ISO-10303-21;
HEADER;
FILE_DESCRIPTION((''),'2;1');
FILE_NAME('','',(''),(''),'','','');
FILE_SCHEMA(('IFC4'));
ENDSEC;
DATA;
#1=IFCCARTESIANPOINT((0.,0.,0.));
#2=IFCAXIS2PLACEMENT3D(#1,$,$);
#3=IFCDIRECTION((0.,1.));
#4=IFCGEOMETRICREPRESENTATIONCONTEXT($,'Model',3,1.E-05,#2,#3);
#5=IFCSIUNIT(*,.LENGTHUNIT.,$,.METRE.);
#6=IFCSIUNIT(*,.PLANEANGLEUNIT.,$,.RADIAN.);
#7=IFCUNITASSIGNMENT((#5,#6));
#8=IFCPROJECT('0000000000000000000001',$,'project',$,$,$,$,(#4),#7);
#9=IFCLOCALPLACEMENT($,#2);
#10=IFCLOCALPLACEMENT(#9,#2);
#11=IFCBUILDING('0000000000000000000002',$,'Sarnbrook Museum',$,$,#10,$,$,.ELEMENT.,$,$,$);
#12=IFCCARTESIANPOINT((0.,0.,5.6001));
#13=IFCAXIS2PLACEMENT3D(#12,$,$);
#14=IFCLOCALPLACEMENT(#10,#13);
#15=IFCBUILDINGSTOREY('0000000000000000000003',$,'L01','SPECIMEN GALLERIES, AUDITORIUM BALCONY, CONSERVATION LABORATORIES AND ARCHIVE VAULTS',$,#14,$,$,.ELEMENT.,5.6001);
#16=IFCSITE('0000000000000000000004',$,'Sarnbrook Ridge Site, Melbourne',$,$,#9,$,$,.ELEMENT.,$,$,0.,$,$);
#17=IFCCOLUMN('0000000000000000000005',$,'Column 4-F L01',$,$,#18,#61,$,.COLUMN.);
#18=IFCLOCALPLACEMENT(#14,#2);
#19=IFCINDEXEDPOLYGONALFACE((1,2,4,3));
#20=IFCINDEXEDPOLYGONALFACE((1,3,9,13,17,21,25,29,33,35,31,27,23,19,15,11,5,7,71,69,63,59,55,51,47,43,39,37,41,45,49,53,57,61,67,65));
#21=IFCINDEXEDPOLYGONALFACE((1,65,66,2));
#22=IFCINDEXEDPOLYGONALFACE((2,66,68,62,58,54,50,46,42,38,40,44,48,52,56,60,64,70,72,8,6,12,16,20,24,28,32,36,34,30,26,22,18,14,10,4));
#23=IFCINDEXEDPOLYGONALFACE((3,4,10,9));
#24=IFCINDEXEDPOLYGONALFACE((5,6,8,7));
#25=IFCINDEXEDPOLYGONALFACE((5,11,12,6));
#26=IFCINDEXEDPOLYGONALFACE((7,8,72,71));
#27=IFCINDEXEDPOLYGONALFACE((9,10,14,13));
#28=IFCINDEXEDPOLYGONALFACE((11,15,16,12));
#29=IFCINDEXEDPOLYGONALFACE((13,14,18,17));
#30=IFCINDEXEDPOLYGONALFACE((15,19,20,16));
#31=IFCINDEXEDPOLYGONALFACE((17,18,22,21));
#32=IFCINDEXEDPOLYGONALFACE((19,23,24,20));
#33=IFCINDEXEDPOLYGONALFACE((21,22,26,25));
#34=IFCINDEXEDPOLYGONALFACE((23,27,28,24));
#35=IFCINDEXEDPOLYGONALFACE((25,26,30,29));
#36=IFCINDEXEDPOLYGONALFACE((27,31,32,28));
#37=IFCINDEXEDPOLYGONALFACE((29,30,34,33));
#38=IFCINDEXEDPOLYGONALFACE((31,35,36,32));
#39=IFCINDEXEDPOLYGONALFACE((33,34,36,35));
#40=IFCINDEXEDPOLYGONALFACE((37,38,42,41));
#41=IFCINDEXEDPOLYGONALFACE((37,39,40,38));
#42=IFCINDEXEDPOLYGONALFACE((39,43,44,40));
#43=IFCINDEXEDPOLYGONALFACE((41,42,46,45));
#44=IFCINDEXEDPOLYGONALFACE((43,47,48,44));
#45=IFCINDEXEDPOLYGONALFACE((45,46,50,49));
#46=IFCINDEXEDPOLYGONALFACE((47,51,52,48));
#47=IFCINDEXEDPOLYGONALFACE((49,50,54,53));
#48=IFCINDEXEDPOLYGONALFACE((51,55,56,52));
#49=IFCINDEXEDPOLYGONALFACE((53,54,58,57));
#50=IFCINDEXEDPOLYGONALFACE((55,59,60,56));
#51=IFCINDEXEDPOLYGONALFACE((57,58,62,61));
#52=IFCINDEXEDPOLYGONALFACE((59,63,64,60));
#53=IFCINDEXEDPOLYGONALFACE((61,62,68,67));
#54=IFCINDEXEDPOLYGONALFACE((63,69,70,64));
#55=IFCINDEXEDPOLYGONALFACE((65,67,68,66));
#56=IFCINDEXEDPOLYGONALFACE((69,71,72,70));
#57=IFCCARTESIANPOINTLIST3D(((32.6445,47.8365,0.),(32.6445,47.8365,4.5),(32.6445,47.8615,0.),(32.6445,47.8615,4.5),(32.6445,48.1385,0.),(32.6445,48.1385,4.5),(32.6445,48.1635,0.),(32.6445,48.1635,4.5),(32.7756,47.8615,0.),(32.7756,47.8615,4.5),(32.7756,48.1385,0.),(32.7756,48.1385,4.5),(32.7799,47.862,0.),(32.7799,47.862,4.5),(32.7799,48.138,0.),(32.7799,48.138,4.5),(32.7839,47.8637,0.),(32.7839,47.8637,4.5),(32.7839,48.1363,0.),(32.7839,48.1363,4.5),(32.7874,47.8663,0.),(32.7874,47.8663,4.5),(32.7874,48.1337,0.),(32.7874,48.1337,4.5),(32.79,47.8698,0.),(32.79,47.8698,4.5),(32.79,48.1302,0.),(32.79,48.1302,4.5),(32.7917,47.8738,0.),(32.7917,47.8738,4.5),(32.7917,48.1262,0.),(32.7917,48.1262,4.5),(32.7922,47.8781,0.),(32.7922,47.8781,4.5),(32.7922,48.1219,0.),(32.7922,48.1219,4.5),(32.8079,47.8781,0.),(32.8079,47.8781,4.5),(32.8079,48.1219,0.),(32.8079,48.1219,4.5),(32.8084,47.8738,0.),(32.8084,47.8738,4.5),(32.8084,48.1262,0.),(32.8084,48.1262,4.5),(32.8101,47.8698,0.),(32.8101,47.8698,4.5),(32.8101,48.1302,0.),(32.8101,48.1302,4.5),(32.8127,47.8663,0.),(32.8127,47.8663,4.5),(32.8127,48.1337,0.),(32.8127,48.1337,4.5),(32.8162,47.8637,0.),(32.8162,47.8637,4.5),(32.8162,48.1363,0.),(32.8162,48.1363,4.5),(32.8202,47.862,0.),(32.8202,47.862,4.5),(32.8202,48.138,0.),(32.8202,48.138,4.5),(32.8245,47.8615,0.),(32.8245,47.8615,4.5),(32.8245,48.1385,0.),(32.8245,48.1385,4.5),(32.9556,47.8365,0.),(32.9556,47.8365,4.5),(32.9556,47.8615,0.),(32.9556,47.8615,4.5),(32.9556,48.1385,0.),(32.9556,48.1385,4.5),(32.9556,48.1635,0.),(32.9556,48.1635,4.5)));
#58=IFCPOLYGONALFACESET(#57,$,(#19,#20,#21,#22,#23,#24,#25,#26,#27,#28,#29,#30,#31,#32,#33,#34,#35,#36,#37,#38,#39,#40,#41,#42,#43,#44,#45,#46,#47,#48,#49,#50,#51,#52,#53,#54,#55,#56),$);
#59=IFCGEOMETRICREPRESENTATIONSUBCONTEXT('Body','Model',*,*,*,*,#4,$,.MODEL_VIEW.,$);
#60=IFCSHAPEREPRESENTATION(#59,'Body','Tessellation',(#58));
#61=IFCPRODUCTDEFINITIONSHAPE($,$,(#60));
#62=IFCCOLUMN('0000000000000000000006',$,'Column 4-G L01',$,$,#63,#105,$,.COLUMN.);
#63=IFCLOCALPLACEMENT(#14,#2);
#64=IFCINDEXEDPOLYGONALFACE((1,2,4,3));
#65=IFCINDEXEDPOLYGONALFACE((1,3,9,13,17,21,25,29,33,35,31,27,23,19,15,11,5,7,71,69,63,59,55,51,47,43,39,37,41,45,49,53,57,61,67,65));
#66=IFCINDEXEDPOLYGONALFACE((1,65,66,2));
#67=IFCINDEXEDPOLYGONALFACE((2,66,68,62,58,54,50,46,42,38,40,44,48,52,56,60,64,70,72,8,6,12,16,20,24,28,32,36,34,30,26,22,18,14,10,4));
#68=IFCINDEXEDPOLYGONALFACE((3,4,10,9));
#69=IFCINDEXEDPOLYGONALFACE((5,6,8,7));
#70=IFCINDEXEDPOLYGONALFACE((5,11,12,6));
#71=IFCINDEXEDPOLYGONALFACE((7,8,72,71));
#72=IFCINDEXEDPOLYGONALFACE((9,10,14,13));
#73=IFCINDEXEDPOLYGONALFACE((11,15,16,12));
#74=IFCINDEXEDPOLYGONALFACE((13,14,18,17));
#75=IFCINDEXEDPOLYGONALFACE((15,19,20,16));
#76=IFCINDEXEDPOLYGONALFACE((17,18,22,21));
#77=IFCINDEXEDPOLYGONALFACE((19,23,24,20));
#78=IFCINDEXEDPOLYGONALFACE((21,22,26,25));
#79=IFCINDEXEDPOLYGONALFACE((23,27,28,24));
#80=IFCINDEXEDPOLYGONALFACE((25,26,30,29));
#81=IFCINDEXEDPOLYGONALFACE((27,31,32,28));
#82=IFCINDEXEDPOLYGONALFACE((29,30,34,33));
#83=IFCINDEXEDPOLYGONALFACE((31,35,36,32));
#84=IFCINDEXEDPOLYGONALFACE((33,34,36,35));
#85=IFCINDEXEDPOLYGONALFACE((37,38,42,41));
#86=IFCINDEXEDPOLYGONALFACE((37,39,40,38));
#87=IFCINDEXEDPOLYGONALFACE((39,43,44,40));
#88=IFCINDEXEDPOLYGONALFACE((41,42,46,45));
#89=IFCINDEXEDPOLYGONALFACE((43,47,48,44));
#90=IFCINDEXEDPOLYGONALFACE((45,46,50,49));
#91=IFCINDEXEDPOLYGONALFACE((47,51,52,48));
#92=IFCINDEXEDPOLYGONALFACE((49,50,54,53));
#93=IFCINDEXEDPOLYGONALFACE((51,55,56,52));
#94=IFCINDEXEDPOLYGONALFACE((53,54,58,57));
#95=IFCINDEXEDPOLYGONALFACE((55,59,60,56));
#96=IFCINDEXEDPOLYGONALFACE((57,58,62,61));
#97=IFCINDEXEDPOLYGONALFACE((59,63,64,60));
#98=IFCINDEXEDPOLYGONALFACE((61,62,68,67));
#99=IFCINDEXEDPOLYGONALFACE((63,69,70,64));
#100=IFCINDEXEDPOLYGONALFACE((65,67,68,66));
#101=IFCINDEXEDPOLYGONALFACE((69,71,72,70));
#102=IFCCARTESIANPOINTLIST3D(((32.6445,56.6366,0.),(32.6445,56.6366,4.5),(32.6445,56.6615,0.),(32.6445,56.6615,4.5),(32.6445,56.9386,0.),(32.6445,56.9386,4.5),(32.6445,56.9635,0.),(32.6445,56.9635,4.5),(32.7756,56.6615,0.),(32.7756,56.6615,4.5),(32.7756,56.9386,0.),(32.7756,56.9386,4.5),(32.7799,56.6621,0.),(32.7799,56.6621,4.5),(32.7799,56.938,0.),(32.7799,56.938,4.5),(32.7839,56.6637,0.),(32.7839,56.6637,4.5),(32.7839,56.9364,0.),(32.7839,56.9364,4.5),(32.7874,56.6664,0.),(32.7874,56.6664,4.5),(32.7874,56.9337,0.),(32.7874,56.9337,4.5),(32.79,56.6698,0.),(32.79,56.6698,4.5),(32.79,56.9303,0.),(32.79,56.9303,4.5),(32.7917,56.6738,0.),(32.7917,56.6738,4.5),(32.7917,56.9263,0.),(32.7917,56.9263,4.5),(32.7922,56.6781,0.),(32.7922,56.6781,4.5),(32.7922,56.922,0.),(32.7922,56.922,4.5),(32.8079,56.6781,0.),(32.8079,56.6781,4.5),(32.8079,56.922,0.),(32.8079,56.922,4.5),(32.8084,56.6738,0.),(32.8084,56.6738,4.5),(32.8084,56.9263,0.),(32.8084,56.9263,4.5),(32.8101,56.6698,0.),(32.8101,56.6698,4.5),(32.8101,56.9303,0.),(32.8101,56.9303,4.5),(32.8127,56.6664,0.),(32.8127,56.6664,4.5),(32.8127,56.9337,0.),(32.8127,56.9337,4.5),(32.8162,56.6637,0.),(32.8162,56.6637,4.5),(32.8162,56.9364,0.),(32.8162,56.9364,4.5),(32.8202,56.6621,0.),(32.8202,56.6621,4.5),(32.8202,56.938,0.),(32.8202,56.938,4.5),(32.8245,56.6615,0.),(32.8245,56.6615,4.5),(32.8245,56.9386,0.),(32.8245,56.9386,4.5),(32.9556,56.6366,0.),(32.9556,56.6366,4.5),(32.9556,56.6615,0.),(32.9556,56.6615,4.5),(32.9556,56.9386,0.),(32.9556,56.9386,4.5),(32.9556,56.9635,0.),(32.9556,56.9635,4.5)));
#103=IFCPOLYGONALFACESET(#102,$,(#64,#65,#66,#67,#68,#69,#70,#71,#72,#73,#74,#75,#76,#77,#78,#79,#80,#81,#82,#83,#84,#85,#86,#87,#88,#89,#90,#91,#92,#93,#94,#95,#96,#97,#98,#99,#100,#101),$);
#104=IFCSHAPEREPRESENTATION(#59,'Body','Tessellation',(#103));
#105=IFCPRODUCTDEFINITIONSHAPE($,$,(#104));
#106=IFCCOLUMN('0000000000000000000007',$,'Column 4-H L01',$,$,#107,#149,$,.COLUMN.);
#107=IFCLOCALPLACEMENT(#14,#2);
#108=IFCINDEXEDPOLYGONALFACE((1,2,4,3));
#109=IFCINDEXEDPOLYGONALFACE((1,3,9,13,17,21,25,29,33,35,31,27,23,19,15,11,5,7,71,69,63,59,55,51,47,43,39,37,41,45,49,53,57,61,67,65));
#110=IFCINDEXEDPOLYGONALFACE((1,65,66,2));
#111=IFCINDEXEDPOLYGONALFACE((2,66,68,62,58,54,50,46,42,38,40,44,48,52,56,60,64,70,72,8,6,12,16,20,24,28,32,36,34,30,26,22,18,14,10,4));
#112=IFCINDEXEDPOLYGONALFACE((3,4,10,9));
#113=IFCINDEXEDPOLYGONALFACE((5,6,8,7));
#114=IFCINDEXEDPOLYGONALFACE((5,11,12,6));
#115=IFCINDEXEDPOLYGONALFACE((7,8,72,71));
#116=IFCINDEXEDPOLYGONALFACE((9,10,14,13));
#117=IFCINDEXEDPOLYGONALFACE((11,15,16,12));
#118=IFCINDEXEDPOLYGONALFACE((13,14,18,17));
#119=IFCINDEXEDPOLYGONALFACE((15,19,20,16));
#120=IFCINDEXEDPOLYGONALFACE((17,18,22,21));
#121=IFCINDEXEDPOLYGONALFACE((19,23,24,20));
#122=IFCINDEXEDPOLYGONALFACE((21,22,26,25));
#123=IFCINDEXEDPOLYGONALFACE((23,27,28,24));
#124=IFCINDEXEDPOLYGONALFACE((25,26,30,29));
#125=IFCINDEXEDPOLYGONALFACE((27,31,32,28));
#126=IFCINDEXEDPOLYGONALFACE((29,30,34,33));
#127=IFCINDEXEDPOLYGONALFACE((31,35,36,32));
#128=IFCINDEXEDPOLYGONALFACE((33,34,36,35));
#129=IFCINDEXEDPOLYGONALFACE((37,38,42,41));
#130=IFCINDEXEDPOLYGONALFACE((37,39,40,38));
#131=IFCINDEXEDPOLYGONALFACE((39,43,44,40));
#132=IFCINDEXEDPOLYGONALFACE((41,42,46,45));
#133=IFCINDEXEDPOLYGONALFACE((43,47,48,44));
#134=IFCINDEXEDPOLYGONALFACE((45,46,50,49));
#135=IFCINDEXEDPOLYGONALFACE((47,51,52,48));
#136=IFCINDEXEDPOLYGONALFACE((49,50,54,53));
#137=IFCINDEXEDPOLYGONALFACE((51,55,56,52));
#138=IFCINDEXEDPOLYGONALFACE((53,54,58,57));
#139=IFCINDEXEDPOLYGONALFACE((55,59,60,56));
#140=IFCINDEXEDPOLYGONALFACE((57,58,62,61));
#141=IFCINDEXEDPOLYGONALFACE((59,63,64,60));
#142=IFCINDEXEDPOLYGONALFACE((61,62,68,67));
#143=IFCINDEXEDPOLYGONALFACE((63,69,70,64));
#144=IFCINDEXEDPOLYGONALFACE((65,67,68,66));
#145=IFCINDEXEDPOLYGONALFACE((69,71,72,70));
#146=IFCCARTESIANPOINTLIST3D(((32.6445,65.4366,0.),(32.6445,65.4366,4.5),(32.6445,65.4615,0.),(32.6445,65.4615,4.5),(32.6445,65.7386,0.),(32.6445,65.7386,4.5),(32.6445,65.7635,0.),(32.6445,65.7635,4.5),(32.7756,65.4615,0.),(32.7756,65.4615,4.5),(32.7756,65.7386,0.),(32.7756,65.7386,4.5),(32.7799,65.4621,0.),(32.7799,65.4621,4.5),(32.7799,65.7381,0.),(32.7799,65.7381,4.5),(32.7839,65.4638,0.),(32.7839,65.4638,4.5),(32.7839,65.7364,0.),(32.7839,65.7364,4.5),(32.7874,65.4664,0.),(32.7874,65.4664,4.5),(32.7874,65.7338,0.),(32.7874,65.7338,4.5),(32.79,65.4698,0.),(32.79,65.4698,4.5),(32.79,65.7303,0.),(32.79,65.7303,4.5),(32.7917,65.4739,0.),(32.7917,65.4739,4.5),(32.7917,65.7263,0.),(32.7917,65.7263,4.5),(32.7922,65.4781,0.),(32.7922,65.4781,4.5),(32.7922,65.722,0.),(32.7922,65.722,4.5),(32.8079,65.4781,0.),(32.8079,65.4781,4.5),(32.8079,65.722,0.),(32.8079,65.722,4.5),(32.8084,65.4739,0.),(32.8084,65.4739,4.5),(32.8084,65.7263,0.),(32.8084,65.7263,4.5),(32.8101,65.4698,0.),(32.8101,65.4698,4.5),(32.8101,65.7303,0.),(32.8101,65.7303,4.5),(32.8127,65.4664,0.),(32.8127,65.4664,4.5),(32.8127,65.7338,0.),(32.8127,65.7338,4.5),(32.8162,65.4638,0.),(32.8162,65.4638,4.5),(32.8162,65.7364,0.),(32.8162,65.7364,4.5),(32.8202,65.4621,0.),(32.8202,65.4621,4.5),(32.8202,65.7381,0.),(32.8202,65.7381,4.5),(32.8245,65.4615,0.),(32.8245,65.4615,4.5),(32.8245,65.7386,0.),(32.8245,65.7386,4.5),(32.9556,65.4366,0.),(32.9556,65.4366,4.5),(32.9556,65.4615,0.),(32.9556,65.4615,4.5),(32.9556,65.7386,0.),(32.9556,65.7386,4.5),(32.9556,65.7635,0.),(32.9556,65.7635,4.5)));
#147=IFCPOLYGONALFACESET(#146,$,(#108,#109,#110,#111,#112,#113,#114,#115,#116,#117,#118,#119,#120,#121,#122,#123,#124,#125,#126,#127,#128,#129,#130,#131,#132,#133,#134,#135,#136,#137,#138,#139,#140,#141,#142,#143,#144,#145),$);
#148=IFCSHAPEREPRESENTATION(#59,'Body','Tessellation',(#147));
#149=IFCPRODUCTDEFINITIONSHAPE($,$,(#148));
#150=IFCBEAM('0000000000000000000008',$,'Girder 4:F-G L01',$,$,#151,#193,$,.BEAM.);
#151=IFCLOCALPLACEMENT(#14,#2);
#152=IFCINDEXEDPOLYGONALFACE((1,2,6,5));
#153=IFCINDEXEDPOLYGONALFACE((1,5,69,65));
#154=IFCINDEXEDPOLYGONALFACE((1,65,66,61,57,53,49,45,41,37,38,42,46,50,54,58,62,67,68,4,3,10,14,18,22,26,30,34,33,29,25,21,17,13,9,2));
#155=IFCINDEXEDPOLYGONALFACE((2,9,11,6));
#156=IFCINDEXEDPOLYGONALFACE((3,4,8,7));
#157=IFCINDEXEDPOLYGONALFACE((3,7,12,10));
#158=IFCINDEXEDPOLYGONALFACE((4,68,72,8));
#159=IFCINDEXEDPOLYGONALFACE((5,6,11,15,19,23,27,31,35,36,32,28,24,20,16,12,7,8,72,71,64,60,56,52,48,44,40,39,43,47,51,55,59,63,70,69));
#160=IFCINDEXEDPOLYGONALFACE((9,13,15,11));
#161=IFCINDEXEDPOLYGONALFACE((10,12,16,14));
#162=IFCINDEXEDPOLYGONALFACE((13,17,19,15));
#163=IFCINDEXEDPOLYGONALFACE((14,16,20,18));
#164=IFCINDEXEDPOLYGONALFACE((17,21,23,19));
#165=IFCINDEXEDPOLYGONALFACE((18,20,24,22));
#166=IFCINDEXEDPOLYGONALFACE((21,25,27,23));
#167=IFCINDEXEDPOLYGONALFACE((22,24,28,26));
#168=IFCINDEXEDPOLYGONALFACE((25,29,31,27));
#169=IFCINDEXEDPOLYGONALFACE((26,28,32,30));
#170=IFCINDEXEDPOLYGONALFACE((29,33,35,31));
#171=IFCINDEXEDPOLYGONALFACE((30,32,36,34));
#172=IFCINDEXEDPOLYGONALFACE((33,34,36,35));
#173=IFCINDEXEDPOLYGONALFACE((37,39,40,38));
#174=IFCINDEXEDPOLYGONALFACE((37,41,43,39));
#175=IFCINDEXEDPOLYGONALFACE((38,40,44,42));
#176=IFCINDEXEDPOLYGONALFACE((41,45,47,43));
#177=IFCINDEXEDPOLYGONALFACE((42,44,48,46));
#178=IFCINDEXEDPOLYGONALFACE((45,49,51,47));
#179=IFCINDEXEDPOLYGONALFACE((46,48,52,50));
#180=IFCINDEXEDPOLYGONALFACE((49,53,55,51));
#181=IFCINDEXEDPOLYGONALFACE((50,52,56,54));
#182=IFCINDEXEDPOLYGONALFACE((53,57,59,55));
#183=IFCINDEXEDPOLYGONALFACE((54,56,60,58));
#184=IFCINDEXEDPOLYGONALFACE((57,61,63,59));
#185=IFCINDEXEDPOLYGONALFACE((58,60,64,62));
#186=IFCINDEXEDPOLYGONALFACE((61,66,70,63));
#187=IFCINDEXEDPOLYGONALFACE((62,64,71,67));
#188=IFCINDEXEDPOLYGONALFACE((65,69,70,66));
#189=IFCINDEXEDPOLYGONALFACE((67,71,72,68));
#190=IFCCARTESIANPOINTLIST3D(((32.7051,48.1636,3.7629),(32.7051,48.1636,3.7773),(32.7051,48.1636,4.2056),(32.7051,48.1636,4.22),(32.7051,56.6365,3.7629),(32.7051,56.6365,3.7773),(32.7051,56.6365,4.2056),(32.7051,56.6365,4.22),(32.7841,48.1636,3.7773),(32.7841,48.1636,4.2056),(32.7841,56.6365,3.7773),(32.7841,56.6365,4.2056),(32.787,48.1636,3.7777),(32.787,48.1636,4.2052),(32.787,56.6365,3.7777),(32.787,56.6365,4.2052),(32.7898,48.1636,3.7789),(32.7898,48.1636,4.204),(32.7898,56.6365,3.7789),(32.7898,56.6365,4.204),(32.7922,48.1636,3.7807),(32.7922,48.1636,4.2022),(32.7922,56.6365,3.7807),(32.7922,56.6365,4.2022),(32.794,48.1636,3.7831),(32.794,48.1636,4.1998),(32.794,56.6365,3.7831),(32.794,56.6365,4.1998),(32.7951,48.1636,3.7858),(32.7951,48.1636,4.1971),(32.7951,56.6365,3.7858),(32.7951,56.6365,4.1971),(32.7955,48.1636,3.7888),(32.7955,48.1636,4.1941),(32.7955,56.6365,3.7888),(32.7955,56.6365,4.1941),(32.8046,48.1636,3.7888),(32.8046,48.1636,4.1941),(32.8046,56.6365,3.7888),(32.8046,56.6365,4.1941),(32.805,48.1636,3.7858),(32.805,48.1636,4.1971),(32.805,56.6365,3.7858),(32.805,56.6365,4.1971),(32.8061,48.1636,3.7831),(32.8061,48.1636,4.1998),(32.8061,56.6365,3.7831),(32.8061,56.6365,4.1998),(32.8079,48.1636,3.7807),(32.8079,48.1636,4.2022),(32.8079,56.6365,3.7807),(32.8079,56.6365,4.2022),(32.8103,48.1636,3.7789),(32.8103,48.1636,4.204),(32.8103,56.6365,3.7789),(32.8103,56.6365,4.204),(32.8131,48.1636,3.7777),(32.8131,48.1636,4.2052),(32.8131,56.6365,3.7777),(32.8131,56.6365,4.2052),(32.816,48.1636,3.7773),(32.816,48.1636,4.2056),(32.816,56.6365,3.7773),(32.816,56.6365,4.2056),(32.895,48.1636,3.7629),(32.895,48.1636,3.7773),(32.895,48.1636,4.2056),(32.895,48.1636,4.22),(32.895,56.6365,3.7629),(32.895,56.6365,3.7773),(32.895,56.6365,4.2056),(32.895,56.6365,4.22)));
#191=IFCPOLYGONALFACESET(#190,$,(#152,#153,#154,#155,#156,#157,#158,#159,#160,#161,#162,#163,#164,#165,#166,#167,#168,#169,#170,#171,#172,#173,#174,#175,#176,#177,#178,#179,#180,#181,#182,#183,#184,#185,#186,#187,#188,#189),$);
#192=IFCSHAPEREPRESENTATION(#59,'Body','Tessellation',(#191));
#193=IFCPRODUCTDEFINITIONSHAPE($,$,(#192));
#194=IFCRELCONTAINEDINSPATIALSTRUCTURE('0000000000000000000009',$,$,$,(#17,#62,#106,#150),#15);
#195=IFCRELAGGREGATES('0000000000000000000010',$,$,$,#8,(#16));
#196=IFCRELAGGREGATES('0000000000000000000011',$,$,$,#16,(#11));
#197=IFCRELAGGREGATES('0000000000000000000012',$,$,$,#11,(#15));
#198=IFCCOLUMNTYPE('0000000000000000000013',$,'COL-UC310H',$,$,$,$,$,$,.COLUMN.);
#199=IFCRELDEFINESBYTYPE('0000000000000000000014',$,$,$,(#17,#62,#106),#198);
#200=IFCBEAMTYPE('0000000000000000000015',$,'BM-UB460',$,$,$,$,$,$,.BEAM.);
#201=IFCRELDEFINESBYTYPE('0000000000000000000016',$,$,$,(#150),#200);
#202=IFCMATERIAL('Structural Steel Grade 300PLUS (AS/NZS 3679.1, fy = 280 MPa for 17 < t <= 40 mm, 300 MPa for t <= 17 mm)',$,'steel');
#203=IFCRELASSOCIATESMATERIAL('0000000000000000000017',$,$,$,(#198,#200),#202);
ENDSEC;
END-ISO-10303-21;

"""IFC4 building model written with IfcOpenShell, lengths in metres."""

from ifc_helpers import new_model, si_unit, direction, frame, origin, origin_2d, place, context, subcontext, project, spatial, i_section, extrude, material, material_profile, profile_set, type_object, element, save


model = new_model("IFC4")

# Units and contexts
model_context = context("Model", 3, precision=1e-05, world=origin(), true_north=direction((0.0, 1.0)))
body_context = subcontext(model_context, "Body", "Model", "MODEL_VIEW")
ifc_project = project(units=[si_unit("LENGTHUNIT", "METRE"), si_unit("PLANEANGLEUNIT", "RADIAN")], contexts=[model_context])

# Site, building, storey
site_placement = place(None, origin())
site = spatial("IfcSite", under=ifc_project, at=site_placement, Name="Sarnbrook Ridge Site, Melbourne", CompositionType="ELEMENT", RefElevation=0.0)
building_placement = place(site_placement, origin())
building = spatial("IfcBuilding", under=site, at=building_placement, Name="Sarnbrook Museum", CompositionType="ELEMENT")
storey_placement = place(building_placement, frame((0.0, 0.0, 5.6001)))
storey = spatial("IfcBuildingStorey", under=building, at=storey_placement, Name="L01", Description="SPECIMEN GALLERIES, AUDITORIUM BALCONY, CONSERVATION LABORATORIES AND ARCHIVE VAULTS", CompositionType="ELEMENT", Elevation=5.6001)

# Columns
ifc_material_1 = material(Name="Structural Steel Grade 300PLUS (AS/NZS 3679.1, fy = 280 MPa for 17 < t <= 40 mm, 300 MPa for t <= 17 mm)", Category="steel")
ifc_material_profile_1 = material_profile(ifc_material_1, i_section(OverallWidth=0.311, OverallDepth=0.3269, WebThickness=0.0156, FlangeThickness=0.0249, FilletRadius=0.0166, at=origin_2d()), Name="310UC158")
ifc_profile_set_1 = profile_set([ifc_material_profile_1], Name="Structural Steel Grade 300PLUS (AS/NZS 3679.1, fy = 280 MPa for 17 < t <= 40 mm, 300 MPa for t <= 17 mm)")
column_type = type_object("IfcColumnType", Name="COL-UC310H", PredefinedType="COLUMN", material=ifc_profile_set_1)
for number, where, z_axis, x_axis, name in (
    (1, (32.8, 48.0, 0.0), (0.0, 0.0, 1.0), (1.0, 0.0, 0.0), "Column 4-F L01"),
    (2, (32.8, 56.8, 0.0), (0.0, 0.0, 1.0), (1.0, 0.0, 0.0), "Column 4-G L01"),
    (3, (32.8, 65.6001, 0.0), (0.0, 0.0, 1.0), (1.0, 0.0, 0.0), "Column 4-H L01"),
):
    element("IfcColumn", number, at=place(storey_placement, frame(where, z_axis=z_axis, x_axis=x_axis)), inside=storey, type_object=column_type, Name=name, PredefinedType="COLUMN", context=body_context, shape_type="SweptSolid", body=[
        extrude(i_section(OverallWidth=0.311, OverallDepth=0.3269, WebThickness=0.0156, FlangeThickness=0.0249, FilletRadius=0.0166, at=origin_2d()), origin(), (0.0, 0.0, 1.0), 4.5),
    ])

# Beam
ifc_material_profile_2 = material_profile(ifc_material_1, i_section(OverallWidth=0.1899, OverallDepth=0.457, WebThickness=0.009, FlangeThickness=0.0144, FilletRadius=0.0115, at=origin_2d()), Name="460UB74.6")
ifc_profile_set_2 = profile_set([ifc_material_profile_2], Name="Structural Steel Grade 300PLUS (AS/NZS 3679.1, fy = 280 MPa for 17 < t <= 40 mm, 300 MPa for t <= 17 mm)")
beam_type_1 = type_object("IfcBeamType", Name="BM-UB460", PredefinedType="BEAM", material=ifc_profile_set_2)
beam_placement = place(storey_placement, frame((32.8, 48.1636, 3.9915), z_axis=(0.0, 1.0, 0.0), x_axis=(-1.0, 0.0, 0.0)))
element("IfcBeam", 4, at=beam_placement, inside=storey, type_object=beam_type_1, Name="Girder 4:F-G L01", PredefinedType="BEAM", context=body_context, shape_type="SweptSolid", body=[
    extrude(i_section(OverallWidth=0.1899, OverallDepth=0.457, WebThickness=0.009, FlangeThickness=0.0144, FilletRadius=0.0115, at=origin_2d()), origin(), (0.0, 0.0, 1.0), 8.4729),
])

save(model, "model.ifc")
